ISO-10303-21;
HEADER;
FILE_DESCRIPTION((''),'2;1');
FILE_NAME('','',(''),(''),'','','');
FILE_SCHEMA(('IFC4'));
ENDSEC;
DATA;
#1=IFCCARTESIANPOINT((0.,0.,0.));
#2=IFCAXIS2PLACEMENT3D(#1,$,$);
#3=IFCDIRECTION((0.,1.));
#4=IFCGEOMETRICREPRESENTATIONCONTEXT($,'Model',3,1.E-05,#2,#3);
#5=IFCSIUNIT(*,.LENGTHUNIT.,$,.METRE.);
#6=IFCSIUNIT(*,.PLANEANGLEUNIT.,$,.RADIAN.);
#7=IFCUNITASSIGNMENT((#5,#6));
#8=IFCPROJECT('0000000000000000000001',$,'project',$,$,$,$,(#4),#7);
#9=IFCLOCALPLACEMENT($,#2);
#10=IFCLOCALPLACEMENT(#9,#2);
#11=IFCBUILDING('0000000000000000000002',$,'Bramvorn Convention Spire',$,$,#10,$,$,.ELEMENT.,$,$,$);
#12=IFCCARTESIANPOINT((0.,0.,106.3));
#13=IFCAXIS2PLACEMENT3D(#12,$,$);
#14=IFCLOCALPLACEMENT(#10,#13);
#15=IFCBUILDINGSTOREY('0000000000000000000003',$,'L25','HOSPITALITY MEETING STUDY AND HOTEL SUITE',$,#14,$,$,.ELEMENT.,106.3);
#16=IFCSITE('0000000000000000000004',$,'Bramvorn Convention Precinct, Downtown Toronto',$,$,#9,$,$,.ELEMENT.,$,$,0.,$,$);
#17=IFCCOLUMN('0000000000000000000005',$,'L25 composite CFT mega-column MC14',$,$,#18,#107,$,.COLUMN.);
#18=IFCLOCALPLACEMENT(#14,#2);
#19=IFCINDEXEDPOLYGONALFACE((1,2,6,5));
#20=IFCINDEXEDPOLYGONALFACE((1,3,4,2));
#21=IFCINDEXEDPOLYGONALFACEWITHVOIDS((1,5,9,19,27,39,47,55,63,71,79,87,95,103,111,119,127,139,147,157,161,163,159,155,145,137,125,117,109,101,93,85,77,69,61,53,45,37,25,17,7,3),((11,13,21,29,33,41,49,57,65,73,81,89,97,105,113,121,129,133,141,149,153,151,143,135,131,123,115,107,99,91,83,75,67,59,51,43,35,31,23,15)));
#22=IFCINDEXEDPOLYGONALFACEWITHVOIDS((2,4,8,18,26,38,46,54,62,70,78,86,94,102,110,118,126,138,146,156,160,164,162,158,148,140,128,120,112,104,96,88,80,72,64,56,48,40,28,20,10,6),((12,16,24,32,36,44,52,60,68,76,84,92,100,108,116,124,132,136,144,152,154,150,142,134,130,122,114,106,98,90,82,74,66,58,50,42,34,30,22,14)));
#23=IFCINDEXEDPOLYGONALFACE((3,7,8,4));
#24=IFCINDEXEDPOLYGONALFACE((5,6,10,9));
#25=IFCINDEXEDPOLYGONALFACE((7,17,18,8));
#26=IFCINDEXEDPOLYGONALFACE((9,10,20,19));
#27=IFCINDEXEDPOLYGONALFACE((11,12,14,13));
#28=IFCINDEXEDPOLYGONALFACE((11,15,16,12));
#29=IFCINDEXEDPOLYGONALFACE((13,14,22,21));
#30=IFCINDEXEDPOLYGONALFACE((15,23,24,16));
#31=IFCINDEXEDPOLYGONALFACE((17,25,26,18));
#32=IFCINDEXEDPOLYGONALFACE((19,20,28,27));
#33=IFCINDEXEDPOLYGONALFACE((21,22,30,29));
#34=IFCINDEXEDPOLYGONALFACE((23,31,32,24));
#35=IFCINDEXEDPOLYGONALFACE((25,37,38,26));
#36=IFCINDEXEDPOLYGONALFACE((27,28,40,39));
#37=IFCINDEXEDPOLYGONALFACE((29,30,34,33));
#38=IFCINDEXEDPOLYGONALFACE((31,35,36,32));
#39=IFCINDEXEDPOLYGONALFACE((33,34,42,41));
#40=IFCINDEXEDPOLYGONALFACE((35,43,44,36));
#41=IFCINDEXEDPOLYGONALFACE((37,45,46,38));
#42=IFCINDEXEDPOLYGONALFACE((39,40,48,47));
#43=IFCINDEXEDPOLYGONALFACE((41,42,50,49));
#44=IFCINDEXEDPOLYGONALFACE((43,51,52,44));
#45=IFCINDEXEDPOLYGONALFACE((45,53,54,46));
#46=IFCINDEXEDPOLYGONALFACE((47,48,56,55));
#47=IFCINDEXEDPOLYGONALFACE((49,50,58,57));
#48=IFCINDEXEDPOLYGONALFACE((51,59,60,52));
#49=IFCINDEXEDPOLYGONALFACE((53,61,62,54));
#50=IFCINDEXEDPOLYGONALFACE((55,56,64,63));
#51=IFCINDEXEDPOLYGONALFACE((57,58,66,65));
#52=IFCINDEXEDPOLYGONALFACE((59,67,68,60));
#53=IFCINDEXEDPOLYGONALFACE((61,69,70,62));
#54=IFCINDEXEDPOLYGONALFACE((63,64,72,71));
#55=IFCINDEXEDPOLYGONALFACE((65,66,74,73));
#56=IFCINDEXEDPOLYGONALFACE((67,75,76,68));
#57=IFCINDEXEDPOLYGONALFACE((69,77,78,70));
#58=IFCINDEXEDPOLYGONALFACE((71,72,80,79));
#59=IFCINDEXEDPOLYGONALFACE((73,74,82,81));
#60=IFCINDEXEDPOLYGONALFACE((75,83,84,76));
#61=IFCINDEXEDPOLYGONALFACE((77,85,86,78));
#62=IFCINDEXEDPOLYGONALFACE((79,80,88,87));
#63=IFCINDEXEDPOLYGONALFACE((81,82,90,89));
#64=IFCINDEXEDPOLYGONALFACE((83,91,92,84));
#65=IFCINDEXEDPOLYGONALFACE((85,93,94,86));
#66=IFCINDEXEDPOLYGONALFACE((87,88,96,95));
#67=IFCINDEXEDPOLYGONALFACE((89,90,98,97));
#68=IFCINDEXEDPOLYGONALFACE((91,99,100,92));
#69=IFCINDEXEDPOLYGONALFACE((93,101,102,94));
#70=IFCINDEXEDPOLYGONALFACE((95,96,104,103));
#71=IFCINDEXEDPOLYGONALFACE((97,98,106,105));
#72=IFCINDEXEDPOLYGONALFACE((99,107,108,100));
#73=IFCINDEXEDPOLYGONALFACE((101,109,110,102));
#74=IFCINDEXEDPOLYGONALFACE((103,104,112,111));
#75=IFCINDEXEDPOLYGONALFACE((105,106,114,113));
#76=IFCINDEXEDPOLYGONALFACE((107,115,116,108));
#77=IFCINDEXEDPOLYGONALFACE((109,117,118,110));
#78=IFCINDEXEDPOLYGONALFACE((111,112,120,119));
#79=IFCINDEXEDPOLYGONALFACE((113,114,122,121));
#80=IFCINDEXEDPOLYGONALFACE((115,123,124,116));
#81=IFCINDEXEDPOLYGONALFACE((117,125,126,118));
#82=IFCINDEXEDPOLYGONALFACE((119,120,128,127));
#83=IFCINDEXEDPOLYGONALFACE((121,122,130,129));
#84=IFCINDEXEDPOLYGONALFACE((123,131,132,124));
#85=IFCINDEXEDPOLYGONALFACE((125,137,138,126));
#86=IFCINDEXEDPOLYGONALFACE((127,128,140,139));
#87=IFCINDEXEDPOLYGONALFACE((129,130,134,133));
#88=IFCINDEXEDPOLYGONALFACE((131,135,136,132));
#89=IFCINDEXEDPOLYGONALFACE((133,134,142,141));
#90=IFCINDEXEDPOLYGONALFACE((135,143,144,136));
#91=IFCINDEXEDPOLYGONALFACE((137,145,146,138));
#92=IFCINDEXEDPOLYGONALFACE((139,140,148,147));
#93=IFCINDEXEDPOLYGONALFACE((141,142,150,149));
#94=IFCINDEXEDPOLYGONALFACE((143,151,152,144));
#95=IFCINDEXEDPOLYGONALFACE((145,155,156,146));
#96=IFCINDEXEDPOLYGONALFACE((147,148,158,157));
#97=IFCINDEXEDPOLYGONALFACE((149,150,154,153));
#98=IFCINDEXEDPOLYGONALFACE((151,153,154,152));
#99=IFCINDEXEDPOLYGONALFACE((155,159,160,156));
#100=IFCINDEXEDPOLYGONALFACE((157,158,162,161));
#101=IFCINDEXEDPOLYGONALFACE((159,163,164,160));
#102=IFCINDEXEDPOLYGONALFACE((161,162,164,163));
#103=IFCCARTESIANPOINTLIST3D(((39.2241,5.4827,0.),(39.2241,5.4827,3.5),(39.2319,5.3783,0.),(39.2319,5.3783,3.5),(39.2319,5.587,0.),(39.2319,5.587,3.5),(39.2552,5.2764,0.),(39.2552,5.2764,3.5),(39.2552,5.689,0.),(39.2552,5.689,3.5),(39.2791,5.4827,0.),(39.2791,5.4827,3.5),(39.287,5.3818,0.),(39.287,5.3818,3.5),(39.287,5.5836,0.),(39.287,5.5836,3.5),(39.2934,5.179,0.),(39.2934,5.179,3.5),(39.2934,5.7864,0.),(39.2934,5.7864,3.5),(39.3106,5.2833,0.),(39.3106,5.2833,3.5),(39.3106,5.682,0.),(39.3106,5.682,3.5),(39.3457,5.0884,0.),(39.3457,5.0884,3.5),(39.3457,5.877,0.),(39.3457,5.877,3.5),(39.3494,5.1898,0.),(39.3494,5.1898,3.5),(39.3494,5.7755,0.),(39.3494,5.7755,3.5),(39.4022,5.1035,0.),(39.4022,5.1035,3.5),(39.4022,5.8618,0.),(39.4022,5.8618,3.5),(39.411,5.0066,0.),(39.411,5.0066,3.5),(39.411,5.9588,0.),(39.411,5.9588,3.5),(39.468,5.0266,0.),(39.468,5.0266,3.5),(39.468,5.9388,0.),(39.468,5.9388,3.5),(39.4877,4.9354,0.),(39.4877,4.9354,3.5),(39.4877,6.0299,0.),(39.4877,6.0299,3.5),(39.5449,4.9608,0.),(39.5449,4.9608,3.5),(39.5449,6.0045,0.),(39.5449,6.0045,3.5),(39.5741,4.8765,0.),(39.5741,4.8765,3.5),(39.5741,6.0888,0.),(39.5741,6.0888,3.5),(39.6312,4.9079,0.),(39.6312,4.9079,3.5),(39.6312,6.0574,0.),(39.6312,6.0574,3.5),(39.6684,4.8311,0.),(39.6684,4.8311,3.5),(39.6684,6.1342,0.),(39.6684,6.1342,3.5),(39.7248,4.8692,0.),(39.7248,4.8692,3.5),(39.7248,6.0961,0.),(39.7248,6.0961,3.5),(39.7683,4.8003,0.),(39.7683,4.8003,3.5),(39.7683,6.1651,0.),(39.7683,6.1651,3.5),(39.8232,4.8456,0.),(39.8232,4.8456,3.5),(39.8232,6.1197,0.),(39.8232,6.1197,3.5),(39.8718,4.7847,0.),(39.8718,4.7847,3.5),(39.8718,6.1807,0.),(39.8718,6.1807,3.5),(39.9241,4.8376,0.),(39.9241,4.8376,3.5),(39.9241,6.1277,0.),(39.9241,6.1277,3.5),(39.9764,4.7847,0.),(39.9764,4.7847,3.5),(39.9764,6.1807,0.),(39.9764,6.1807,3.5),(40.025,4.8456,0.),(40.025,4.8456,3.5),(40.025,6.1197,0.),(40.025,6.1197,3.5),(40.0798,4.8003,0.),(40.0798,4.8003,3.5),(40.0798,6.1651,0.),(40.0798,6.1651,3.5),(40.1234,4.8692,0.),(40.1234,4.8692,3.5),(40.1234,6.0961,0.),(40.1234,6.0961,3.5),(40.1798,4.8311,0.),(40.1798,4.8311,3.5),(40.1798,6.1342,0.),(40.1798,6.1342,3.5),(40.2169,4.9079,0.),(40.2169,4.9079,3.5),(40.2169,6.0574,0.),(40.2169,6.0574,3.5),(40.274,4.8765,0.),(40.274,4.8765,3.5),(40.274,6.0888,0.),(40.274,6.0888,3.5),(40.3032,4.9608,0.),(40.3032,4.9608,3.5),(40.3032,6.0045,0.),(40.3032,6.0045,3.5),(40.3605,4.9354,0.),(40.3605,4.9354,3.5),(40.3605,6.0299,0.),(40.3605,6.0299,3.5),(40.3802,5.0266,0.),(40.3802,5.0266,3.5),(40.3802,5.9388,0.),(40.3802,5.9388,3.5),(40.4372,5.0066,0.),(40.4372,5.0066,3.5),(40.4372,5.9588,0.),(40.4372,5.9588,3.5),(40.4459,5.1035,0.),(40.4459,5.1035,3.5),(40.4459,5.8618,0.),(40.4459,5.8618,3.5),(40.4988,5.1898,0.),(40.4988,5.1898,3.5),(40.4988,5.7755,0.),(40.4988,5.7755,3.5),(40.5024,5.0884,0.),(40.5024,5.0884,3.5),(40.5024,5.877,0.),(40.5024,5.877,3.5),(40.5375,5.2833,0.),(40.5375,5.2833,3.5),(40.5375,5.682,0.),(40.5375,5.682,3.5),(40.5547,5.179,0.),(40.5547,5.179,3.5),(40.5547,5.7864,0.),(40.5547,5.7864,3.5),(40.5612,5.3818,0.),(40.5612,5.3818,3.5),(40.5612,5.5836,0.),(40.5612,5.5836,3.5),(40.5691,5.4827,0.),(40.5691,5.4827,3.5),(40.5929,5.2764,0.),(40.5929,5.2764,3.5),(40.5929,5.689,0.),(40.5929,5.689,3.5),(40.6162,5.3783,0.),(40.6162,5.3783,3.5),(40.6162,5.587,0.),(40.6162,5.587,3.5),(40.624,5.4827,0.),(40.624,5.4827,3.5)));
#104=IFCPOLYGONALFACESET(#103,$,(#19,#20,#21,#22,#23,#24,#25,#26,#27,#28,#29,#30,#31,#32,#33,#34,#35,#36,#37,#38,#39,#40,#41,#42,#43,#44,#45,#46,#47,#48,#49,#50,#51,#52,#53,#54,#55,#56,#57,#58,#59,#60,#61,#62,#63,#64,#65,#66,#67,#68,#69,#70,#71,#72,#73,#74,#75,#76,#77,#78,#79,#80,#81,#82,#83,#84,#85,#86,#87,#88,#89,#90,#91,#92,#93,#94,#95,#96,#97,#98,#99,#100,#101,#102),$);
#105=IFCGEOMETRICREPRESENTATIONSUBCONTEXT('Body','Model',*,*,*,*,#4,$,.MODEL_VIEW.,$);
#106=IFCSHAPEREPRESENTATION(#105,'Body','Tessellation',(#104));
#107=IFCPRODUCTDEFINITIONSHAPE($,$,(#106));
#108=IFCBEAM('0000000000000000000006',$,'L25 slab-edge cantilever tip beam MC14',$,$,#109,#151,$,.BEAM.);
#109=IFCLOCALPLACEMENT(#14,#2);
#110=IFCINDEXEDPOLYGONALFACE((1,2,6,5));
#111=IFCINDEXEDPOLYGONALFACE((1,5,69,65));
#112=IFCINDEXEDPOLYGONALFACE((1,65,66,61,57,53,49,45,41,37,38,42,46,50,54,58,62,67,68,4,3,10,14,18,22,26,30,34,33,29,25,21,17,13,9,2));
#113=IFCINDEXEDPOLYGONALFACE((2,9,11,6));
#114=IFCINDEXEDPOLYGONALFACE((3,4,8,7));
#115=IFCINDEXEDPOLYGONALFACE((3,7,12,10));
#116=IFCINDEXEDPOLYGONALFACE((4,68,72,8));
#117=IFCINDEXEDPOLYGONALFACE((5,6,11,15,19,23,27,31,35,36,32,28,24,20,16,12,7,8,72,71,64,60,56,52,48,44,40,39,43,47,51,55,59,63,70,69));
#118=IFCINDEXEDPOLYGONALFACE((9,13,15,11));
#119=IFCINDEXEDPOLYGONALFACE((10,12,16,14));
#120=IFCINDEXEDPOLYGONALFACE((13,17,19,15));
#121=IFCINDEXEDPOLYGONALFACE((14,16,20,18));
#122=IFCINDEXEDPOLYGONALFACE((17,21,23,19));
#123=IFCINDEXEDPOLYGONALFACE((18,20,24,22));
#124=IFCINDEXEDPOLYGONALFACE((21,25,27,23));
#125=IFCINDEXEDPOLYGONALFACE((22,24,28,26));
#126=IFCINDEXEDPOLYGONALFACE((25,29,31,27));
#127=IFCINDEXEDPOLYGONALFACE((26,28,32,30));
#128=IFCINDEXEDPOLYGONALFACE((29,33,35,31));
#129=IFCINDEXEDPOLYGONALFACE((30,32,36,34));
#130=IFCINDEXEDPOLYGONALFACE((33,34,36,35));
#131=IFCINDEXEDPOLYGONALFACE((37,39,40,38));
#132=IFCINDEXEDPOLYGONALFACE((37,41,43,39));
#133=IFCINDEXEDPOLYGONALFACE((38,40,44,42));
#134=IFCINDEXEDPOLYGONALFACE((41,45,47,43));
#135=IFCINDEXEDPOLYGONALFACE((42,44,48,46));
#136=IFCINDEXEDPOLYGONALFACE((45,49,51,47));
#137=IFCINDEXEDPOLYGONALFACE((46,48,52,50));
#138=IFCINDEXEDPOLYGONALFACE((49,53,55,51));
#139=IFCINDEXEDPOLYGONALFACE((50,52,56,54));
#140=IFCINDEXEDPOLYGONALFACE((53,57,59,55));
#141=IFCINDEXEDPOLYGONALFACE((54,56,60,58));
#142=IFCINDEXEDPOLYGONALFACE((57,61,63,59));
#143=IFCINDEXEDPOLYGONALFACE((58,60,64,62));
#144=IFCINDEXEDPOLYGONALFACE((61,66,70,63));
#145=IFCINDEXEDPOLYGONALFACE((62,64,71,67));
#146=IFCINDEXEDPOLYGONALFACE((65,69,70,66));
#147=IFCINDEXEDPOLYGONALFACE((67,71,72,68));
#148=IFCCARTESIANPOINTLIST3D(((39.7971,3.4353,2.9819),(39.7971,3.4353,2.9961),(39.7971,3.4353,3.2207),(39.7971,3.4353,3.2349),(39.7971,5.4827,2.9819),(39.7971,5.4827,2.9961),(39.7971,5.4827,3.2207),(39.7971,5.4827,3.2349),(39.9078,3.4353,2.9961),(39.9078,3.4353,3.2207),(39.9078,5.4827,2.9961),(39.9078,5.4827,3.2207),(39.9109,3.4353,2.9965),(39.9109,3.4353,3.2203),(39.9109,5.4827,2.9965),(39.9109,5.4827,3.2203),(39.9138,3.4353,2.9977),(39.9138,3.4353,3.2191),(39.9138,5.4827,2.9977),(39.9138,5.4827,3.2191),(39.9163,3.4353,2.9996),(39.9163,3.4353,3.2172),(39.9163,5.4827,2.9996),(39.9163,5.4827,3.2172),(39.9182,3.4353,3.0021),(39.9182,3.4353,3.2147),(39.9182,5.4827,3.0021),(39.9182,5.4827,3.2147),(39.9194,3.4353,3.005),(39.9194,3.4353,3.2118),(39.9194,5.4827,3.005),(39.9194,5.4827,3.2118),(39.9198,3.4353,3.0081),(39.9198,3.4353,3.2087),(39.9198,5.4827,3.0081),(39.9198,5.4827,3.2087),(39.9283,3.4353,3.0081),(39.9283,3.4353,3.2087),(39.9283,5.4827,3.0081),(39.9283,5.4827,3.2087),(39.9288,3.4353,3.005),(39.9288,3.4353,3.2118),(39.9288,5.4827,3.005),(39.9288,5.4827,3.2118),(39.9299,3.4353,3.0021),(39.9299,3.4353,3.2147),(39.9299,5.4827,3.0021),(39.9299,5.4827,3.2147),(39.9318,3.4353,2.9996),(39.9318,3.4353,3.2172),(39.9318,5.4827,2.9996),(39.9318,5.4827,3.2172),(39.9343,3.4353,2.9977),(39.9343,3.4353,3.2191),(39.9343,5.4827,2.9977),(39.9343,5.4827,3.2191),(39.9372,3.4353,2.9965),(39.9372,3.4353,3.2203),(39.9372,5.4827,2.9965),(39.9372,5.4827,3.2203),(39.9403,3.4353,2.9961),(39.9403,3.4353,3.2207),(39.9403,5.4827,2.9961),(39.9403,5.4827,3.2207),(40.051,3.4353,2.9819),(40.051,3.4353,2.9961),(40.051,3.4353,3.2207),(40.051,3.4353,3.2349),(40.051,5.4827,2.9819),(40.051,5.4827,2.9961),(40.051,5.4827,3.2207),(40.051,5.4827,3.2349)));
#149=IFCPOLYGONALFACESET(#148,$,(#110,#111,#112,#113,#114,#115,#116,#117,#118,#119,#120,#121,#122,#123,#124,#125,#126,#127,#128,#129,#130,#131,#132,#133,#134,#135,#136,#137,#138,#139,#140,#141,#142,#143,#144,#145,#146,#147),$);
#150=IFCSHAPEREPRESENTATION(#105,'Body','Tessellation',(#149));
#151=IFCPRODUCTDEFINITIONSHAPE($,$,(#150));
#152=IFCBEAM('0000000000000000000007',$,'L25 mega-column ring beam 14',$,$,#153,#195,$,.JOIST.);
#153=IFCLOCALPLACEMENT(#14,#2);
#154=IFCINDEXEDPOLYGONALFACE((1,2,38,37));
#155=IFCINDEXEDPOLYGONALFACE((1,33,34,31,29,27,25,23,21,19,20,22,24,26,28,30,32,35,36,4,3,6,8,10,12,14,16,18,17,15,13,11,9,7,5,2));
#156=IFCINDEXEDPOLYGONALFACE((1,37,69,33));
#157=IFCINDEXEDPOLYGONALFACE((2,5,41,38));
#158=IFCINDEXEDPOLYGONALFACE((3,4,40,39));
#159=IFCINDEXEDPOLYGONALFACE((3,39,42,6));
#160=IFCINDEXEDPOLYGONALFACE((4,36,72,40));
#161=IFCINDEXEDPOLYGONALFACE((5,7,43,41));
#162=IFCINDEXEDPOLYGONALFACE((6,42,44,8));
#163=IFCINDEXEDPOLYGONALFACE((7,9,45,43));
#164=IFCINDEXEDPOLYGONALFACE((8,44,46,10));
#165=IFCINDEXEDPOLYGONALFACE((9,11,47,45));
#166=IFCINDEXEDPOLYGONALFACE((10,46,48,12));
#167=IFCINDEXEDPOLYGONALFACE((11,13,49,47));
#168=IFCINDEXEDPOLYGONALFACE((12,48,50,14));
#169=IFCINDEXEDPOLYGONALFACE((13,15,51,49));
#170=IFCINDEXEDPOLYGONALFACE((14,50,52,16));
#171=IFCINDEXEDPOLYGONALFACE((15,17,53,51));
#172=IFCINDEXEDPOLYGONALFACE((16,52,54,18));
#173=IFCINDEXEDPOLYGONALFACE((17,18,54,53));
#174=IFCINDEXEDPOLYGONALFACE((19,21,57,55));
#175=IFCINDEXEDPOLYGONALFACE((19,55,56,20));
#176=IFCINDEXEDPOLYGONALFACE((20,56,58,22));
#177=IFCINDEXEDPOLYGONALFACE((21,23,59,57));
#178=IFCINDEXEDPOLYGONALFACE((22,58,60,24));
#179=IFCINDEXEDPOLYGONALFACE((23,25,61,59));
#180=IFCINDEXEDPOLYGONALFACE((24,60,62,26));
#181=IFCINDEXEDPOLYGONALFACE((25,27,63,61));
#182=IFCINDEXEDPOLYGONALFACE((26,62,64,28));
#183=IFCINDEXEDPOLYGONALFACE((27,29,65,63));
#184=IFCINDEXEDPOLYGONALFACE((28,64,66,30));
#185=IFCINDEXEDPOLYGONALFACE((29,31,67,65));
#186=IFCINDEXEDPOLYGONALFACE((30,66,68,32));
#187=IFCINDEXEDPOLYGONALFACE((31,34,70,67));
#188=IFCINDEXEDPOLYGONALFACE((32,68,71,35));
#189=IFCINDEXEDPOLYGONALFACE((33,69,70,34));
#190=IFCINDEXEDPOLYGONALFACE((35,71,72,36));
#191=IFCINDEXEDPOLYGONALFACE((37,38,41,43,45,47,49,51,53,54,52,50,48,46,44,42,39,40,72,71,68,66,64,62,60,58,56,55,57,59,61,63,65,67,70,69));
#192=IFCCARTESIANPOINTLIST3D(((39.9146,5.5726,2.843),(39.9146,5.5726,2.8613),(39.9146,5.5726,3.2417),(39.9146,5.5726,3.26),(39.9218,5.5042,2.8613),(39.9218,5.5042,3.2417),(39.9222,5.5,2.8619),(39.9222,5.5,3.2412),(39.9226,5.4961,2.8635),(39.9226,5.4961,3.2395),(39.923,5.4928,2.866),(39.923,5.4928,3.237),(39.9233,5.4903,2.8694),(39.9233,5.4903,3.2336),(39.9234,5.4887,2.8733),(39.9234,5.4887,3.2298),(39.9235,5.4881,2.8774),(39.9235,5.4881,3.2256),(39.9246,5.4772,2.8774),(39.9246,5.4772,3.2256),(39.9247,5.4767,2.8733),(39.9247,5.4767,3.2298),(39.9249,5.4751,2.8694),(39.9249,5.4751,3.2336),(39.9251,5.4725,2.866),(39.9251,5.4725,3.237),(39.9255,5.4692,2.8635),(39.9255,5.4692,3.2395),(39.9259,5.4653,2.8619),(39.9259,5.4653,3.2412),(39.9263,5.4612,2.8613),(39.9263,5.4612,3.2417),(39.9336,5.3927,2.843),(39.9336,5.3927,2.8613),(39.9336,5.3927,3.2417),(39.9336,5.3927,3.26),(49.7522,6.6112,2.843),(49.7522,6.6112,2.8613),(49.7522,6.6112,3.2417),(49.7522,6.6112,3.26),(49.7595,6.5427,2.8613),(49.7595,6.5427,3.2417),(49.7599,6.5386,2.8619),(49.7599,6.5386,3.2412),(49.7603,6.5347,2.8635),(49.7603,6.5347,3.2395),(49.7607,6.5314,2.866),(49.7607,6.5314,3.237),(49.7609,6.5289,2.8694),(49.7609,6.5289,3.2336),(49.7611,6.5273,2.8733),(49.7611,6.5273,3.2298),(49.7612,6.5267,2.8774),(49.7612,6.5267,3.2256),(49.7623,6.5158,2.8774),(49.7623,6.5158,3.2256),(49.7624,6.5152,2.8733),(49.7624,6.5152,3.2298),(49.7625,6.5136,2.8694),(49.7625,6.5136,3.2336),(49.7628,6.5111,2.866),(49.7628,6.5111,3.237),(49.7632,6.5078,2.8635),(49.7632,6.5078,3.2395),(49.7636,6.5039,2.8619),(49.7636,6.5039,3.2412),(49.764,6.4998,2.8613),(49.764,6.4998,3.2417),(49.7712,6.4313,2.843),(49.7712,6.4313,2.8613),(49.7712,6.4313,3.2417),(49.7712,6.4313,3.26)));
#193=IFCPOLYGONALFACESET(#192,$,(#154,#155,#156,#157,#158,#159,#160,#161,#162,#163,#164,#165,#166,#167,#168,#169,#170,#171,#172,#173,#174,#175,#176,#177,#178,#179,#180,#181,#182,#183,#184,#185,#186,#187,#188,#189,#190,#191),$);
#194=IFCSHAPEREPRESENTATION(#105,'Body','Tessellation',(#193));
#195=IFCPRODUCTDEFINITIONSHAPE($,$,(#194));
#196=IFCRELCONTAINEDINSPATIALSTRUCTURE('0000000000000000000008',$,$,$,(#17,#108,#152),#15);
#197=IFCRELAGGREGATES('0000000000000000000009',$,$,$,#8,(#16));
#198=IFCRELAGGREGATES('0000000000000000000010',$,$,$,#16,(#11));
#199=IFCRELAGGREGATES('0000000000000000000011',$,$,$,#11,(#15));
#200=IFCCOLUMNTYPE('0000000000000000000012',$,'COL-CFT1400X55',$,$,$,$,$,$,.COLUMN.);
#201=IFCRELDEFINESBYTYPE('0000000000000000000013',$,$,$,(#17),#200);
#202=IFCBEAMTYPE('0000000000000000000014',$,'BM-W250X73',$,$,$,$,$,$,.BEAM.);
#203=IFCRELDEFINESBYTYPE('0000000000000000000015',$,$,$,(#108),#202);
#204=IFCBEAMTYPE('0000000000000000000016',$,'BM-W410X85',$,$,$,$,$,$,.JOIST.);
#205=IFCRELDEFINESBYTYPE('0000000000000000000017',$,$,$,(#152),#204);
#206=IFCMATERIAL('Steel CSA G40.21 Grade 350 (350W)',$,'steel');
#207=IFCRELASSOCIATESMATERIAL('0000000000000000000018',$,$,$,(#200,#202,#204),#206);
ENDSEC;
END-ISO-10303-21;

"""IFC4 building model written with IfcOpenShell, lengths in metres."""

from ifc_helpers import new_model, si_unit, direction, frame, origin, origin_2d, place, context, subcontext, project, spatial, hollow_circle, i_section, extrude, material, material_profile, profile_set, type_object, element, save


model = new_model("IFC4")

# Units and contexts
model_context = context("Model", 3, precision=1e-05, world=origin(), true_north=direction((0.0, 1.0)))
body_context = subcontext(model_context, "Body", "Model", "MODEL_VIEW")
ifc_project = project(units=[si_unit("LENGTHUNIT", "METRE"), si_unit("PLANEANGLEUNIT", "RADIAN")], contexts=[model_context])

# Site, building, storey
site_placement = place(None, origin())
site = spatial("IfcSite", under=ifc_project, at=site_placement, Name="Bramvorn Convention Precinct, Downtown Toronto", CompositionType="ELEMENT", RefElevation=0.0)
building_placement = place(site_placement, origin())
building = spatial("IfcBuilding", under=site, at=building_placement, Name="Bramvorn Convention Spire", CompositionType="ELEMENT")
storey_placement = place(building_placement, frame((0.0, 0.0, 106.3)))
storey = spatial("IfcBuildingStorey", under=building, at=storey_placement, Name="L25", Description="HOSPITALITY MEETING STUDY AND HOTEL SUITE", CompositionType="ELEMENT", Elevation=106.3)

# Column
ifc_material_1 = material(Name="Steel CSA G40.21 Grade 350 (350W)", Category="steel")
ifc_material_profile_1 = material_profile(ifc_material_1, hollow_circle(Radius=0.7, WallThickness=0.0549, at=origin_2d()))
ifc_profile_set_1 = profile_set([ifc_material_profile_1], Name="Steel CSA G40.21 Grade 350 (350W) - CFT1400X55")
column_type = type_object("IfcColumnType", Name="COL-CFT1400X55", PredefinedType="COLUMN", material=ifc_profile_set_1)
column_placement = place(storey_placement, frame((39.9241, 5.4827, 0.0), z_axis=(0.0, 0.0, 1.0), x_axis=(1.0, 0.0, 0.0)))
element("IfcColumn", 1, at=column_placement, inside=storey, type_object=column_type, Name="L25 composite CFT mega-column MC14", PredefinedType="COLUMN", context=body_context, shape_type="SweptSolid", body=[
    extrude(hollow_circle(Radius=0.7, WallThickness=0.0549, at=origin_2d()), origin(), (0.0, 0.0, 1.0), 3.5),
])

# Beams
ifc_material_profile_2 = material_profile(ifc_material_1, i_section(OverallWidth=0.2539, OverallDepth=0.2529, WebThickness=0.0085, FlangeThickness=0.0142, FilletRadius=0.012, at=origin_2d()))
ifc_profile_set_2 = profile_set([ifc_material_profile_2], Name="Steel CSA G40.21 Grade 350 (350W) - W250X73")
beam_type_1 = type_object("IfcBeamType", Name="BM-W250X73", PredefinedType="BEAM", material=ifc_profile_set_2)
beam_1_placement = place(storey_placement, frame((39.9241, 5.4827, 3.1084), z_axis=(0.0, -1.0, 0.0), x_axis=(1.0, 0.0, 0.0)))
element("IfcBeam", 2, at=beam_1_placement, inside=storey, type_object=beam_type_1, Name="L25 slab-edge cantilever tip beam MC14", PredefinedType="BEAM", context=body_context, shape_type="SweptSolid", body=[
    extrude(i_section(OverallWidth=0.2539, OverallDepth=0.2529, WebThickness=0.0085, FlangeThickness=0.0142, FilletRadius=0.012, at=origin_2d()), origin(), (0.0, 0.0, 1.0), 2.0474),
])
ifc_material_profile_3 = material_profile(ifc_material_1, i_section(OverallWidth=0.1809, OverallDepth=0.417, WebThickness=0.011, FlangeThickness=0.0183, FilletRadius=0.0161, at=origin_2d()))
ifc_profile_set_3 = profile_set([ifc_material_profile_3], Name="Steel CSA G40.21 Grade 350 (350W) - W410X85")
beam_type_2 = type_object("IfcBeamType", Name="BM-W410X85", PredefinedType="JOIST", material=ifc_profile_set_3)
beam_2_placement = place(storey_placement, frame((39.9241, 5.4827, 3.0515), z_axis=(0.994473, 0.104988, 0.0), x_axis=(-0.104988, 0.994473, 0.0)))
element("IfcBeam", 3, at=beam_2_placement, inside=storey, type_object=beam_type_2, Name="L25 mega-column ring beam 14", PredefinedType="JOIST", context=body_context, shape_type="SweptSolid", body=[
    extrude(i_section(OverallWidth=0.1809, OverallDepth=0.417, WebThickness=0.011, FlangeThickness=0.0183, FilletRadius=0.0161, at=origin_2d()), origin(), (0.0, 0.0, 1.0), 9.8923),
])

save(model, "model.ifc")
